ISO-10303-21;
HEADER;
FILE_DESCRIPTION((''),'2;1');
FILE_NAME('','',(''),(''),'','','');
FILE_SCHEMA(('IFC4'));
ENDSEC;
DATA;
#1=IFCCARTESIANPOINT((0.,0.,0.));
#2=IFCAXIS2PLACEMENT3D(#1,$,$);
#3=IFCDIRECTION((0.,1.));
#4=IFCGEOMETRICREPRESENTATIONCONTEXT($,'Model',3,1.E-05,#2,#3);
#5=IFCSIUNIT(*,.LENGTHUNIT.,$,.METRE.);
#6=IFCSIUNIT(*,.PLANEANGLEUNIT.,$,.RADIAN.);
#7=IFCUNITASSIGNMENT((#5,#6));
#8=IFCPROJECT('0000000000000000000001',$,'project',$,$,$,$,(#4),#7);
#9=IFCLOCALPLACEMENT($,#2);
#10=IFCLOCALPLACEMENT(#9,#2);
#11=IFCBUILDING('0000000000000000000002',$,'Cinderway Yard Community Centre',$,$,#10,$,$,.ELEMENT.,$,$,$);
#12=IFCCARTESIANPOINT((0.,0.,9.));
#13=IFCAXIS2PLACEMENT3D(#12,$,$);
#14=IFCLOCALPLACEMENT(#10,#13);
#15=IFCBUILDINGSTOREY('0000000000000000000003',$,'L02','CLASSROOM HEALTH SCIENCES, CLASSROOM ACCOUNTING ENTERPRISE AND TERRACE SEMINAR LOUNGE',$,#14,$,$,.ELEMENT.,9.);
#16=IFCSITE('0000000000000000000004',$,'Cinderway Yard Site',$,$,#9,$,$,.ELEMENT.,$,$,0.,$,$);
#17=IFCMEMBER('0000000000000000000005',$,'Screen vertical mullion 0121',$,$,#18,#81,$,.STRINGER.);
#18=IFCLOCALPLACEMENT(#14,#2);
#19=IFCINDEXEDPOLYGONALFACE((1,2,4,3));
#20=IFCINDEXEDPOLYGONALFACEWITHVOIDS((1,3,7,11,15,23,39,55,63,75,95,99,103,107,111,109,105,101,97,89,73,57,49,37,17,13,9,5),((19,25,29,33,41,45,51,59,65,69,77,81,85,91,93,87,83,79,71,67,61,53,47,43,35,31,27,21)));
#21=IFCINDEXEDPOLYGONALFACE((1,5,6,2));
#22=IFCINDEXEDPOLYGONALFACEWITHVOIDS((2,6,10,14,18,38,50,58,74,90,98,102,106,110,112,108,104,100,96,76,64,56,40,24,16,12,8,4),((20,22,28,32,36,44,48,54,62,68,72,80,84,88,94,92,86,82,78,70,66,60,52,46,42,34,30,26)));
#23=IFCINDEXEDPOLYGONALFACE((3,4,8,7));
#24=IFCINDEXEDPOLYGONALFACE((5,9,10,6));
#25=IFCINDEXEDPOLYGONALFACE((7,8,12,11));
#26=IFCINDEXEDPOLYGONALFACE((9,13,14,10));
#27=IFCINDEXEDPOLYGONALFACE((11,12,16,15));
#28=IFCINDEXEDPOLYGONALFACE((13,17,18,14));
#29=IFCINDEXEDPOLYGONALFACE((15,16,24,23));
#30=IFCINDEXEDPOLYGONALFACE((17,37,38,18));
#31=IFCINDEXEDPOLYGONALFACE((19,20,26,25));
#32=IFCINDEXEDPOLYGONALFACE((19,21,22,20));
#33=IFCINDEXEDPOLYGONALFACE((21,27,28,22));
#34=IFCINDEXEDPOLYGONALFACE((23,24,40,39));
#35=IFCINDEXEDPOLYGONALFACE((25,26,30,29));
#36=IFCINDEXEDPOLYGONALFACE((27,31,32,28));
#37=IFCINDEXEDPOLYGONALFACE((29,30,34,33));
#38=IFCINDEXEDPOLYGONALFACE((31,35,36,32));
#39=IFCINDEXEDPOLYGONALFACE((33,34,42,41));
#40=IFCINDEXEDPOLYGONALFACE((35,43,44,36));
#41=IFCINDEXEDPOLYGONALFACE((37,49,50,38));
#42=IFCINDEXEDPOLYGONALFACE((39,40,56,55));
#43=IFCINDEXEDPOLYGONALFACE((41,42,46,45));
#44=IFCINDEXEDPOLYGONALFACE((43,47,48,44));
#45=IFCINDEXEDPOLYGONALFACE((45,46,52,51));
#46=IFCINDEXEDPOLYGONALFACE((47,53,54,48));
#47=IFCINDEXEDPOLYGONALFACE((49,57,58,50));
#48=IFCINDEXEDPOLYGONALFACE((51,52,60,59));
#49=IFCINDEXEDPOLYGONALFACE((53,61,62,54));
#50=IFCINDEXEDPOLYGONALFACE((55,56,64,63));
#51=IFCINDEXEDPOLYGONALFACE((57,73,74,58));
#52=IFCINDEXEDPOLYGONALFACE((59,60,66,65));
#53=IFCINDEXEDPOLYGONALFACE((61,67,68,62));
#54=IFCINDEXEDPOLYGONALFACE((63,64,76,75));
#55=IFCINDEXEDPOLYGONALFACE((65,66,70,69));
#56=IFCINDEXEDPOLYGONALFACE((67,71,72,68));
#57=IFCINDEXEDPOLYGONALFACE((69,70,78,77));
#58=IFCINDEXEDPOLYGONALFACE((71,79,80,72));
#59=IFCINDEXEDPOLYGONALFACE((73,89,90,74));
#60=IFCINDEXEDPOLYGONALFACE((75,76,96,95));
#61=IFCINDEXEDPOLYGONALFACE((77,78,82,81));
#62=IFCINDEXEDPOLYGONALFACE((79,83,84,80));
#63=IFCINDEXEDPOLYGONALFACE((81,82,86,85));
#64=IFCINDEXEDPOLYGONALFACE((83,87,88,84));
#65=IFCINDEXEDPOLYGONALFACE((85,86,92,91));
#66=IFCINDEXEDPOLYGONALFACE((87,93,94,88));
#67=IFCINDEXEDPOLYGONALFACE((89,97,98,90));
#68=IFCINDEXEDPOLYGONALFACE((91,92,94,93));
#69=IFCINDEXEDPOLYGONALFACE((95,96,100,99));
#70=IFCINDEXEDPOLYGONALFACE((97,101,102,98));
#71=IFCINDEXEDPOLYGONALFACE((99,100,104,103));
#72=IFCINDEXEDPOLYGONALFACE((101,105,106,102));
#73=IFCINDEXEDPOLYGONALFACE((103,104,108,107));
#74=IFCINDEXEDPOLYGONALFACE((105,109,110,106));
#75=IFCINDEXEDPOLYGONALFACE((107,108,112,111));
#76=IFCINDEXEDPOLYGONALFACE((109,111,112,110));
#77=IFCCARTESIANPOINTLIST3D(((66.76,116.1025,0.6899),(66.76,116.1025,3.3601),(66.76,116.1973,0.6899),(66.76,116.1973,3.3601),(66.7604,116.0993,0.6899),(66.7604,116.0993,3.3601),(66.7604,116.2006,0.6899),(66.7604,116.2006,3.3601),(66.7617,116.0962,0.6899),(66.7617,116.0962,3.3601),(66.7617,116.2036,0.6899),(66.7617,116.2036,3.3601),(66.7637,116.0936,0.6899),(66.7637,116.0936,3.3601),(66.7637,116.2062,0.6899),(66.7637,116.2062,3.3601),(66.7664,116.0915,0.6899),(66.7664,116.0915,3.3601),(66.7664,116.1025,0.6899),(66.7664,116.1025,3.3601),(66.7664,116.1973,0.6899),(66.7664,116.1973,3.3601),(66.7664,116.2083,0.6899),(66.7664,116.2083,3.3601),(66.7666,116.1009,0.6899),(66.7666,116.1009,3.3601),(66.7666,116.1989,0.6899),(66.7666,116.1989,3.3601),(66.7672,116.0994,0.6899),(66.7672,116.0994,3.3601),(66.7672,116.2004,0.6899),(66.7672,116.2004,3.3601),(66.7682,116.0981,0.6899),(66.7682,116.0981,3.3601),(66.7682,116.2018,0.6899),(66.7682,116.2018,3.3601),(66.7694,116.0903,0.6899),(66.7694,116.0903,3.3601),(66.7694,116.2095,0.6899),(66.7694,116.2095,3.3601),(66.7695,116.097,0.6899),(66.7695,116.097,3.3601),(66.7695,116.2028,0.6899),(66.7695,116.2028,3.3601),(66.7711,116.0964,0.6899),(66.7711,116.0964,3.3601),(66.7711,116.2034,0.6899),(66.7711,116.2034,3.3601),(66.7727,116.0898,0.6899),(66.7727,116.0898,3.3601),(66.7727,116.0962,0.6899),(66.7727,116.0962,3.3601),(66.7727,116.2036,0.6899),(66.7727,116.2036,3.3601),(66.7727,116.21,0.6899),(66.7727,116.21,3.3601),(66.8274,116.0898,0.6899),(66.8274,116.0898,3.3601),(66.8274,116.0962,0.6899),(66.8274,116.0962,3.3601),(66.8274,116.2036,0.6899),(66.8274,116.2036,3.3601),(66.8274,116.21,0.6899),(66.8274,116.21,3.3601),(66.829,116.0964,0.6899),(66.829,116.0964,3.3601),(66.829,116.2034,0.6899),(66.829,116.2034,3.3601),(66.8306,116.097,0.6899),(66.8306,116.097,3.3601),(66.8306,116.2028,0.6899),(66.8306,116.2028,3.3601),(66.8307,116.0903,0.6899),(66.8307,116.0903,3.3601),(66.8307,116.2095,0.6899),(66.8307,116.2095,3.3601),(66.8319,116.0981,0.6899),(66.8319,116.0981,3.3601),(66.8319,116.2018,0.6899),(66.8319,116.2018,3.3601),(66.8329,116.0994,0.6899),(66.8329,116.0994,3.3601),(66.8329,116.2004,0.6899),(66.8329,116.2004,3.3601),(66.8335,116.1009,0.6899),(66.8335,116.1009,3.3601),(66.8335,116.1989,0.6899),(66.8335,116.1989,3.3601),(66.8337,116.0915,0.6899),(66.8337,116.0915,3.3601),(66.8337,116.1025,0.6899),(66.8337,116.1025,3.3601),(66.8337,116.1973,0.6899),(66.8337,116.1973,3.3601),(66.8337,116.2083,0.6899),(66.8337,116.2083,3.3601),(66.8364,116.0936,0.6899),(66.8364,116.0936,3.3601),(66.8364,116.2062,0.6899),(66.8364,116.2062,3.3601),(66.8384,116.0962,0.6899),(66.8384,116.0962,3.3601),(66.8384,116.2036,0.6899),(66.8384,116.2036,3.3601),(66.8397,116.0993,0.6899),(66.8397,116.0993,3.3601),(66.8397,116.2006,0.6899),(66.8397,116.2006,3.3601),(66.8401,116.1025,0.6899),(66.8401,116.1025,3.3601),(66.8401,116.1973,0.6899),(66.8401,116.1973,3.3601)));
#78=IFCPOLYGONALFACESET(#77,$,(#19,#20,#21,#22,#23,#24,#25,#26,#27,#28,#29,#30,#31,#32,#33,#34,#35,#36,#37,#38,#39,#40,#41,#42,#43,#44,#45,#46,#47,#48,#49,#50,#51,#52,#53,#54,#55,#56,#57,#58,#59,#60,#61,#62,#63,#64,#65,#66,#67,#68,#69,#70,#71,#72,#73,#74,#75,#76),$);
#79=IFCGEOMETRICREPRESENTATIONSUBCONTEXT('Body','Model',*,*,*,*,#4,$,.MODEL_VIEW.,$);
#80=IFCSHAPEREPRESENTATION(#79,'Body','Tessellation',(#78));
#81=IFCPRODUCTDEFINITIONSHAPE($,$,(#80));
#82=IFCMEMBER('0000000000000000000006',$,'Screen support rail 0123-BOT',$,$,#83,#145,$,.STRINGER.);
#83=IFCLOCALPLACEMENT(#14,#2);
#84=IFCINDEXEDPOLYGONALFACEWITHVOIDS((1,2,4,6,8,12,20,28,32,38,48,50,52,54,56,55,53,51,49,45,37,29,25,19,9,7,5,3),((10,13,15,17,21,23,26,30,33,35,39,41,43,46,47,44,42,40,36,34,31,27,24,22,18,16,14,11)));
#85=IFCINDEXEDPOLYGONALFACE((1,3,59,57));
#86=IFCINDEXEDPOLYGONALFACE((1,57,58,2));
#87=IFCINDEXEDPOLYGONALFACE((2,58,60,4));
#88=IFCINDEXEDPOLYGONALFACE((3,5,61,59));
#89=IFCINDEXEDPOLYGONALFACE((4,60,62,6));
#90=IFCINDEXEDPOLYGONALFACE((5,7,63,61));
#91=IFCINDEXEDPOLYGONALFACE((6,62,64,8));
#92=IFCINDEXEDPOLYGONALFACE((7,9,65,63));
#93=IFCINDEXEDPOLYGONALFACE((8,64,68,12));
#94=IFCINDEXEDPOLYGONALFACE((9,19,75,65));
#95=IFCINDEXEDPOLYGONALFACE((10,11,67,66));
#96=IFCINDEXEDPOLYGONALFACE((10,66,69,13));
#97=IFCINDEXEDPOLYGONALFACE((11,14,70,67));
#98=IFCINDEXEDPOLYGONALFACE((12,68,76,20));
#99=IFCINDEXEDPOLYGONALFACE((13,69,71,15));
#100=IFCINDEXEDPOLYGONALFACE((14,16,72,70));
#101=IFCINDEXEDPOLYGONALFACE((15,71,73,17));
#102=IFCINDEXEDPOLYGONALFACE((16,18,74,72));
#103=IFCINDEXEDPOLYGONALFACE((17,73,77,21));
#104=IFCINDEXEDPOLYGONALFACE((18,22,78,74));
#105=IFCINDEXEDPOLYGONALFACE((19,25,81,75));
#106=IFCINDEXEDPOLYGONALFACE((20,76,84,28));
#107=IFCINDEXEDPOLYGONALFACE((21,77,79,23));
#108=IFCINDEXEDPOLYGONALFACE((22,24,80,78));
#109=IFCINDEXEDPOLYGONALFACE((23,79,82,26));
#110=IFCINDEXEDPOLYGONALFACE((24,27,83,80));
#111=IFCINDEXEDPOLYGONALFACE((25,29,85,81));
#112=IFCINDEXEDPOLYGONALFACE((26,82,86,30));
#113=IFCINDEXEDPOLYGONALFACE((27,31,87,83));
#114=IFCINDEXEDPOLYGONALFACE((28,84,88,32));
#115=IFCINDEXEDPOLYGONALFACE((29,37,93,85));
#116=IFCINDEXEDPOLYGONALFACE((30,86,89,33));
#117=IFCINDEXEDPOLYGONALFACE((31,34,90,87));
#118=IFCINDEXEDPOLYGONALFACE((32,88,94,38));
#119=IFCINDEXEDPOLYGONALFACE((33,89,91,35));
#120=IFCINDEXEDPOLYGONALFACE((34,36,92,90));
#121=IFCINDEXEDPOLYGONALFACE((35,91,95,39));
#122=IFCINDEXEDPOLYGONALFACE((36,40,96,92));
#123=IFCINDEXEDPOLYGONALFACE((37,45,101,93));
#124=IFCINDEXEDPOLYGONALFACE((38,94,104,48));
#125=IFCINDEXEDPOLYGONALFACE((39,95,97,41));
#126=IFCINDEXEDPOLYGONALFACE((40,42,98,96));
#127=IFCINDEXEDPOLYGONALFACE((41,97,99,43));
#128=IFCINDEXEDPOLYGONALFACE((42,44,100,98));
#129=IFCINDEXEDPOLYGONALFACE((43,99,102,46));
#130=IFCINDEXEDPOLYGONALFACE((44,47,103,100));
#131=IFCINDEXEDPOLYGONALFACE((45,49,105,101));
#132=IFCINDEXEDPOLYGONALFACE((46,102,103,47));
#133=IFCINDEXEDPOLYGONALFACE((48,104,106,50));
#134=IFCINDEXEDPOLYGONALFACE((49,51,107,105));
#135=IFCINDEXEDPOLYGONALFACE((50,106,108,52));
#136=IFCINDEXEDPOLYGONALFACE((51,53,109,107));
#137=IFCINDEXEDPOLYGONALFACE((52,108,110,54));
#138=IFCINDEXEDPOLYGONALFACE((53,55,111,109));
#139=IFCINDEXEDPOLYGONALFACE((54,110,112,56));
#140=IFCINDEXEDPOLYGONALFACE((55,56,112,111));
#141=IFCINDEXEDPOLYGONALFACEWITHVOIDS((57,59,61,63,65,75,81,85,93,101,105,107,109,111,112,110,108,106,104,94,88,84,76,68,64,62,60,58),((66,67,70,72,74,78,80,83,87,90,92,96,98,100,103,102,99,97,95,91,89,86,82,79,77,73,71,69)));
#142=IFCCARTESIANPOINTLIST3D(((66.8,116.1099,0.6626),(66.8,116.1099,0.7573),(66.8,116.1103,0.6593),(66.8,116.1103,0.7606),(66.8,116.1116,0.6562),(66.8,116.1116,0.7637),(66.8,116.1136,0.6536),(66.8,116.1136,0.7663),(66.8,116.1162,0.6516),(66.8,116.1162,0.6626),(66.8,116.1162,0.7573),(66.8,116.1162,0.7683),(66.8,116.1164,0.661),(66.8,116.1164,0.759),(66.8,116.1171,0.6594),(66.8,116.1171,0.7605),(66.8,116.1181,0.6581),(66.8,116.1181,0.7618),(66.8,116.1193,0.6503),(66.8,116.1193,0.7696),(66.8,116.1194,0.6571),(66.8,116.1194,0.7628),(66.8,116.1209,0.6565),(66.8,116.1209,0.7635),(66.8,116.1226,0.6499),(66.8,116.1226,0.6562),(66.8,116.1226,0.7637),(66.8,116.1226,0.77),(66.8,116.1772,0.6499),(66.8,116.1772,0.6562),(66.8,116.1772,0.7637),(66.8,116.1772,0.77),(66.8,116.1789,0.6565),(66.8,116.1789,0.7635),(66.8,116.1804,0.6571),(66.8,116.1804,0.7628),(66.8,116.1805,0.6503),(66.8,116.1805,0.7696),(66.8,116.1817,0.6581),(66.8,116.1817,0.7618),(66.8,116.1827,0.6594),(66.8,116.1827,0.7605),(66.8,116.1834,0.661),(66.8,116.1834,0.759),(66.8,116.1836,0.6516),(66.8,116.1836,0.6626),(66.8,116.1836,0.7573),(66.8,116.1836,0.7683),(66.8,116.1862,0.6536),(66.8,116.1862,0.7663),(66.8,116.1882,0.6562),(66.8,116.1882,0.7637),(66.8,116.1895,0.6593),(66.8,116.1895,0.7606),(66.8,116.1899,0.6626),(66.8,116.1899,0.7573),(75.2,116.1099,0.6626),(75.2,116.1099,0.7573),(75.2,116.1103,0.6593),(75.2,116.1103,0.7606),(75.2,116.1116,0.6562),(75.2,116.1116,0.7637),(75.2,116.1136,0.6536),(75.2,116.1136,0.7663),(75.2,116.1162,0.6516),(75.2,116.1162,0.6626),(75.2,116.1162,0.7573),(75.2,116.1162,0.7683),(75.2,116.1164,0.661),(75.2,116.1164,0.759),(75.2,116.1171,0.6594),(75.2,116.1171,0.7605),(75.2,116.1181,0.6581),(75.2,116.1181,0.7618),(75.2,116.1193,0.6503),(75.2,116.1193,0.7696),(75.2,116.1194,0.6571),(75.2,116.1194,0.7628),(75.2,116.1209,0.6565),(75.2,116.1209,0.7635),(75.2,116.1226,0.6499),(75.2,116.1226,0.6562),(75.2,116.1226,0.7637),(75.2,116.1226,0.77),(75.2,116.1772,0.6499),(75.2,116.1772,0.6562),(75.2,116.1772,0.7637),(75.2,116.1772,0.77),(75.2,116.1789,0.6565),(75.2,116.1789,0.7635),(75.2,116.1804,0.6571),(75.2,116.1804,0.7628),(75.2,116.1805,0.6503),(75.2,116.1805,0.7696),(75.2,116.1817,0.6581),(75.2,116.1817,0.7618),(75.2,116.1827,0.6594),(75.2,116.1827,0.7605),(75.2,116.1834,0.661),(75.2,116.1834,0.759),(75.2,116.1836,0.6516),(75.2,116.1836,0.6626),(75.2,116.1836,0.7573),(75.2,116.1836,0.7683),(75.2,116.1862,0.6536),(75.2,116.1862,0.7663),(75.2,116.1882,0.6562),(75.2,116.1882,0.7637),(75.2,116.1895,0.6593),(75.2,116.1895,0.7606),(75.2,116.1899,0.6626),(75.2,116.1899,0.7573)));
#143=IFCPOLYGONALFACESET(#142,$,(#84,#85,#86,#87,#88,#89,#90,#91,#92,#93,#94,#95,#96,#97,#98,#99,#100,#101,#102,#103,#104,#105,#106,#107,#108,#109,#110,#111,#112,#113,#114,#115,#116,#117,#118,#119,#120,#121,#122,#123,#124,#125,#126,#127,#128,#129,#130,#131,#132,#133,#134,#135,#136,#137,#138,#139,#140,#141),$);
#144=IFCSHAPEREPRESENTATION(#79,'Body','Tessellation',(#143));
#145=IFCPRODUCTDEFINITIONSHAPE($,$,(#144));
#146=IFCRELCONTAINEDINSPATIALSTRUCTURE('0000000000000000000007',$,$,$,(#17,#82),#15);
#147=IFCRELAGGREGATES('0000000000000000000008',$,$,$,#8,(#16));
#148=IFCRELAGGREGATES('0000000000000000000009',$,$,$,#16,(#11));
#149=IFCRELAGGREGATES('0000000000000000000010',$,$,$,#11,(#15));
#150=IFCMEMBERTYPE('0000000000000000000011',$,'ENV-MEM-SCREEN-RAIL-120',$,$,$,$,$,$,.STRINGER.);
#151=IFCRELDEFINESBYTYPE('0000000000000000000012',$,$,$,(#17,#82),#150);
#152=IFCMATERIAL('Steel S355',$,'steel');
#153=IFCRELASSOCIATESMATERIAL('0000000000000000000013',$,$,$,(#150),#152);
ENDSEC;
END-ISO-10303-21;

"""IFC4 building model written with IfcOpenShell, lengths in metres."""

from ifc_helpers import new_model, si_unit, direction, frame, origin, origin_2d, place, context, subcontext, project, spatial, hollow_rectangle, extrude, material, material_profile, profile_set, type_object, element, save


model = new_model("IFC4")

# Units and contexts
model_context = context("Model", 3, precision=1e-05, world=origin(), true_north=direction((0.0, 1.0)))
body_context = subcontext(model_context, "Body", "Model", "MODEL_VIEW")
ifc_project = project(units=[si_unit("LENGTHUNIT", "METRE"), si_unit("PLANEANGLEUNIT", "RADIAN")], contexts=[model_context])

# Site, building, storey
site_placement = place(None, origin())
site = spatial("IfcSite", under=ifc_project, at=site_placement, Name="Cinderway Yard Site", CompositionType="ELEMENT", RefElevation=0.0)
building_placement = place(site_placement, origin())
building = spatial("IfcBuilding", under=site, at=building_placement, Name="Cinderway Yard Community Centre", CompositionType="ELEMENT")
storey_placement = place(building_placement, frame((0.0, 0.0, 9.0)))
storey = spatial("IfcBuildingStorey", under=building, at=storey_placement, Name="L02", Description="CLASSROOM HEALTH SCIENCES, CLASSROOM ACCOUNTING ENTERPRISE AND TERRACE SEMINAR LOUNGE", CompositionType="ELEMENT", Elevation=9.0)

# Members
ifc_material_1 = material(Name="Steel S355", Category="steel")
ifc_material_profile = material_profile(ifc_material_1, hollow_rectangle(XDim=0.0801, YDim=0.1201, WallThickness=0.0063, InnerFilletRadius=0.0063, OuterFilletRadius=0.0127, at=origin_2d()), Name="Steel S355")
ifc_profile_set = profile_set([ifc_material_profile], Name="Steel S355")
member_type = type_object("IfcMemberType", Name="ENV-MEM-SCREEN-RAIL-120", PredefinedType="STRINGER", material=ifc_profile_set)
member_placement = place(storey_placement, frame((66.8, 116.1499, 0.6899), z_axis=(0.0, 0.0, 1.0), x_axis=(1.0, 0.0, 0.0)))
element("IfcMember", 1, at=member_placement, inside=storey, type_object=member_type, Name="Screen vertical mullion 0121", PredefinedType="STRINGER", context=body_context, shape_type="SweptSolid", body=[
    extrude(hollow_rectangle(XDim=0.0801, YDim=0.1201, WallThickness=0.0063, InnerFilletRadius=0.0063, OuterFilletRadius=0.0127, at=origin_2d()), origin(), (0.0, 0.0, 1.0), 2.6702),
])
for number, where, z_axis, x_axis, name in (
    (2, (66.8, 116.1499, 0.71), (1.0, 0.0, 0.0), (0.0, 1.0, 0.0), "Screen support rail 0123-BOT"),
):
    element("IfcMember", number, at=place(storey_placement, frame(where, z_axis=z_axis, x_axis=x_axis)), inside=storey, type_object=member_type, Name=name, PredefinedType="STRINGER", context=body_context, shape_type="SweptSolid", body=[
        extrude(hollow_rectangle(XDim=0.0801, YDim=0.1201, WallThickness=0.0063, InnerFilletRadius=0.0063, OuterFilletRadius=0.0127, at=origin_2d()), origin(), (0.0, 0.0, 1.0), 8.3999),
    ])

save(model, "model.ifc")
